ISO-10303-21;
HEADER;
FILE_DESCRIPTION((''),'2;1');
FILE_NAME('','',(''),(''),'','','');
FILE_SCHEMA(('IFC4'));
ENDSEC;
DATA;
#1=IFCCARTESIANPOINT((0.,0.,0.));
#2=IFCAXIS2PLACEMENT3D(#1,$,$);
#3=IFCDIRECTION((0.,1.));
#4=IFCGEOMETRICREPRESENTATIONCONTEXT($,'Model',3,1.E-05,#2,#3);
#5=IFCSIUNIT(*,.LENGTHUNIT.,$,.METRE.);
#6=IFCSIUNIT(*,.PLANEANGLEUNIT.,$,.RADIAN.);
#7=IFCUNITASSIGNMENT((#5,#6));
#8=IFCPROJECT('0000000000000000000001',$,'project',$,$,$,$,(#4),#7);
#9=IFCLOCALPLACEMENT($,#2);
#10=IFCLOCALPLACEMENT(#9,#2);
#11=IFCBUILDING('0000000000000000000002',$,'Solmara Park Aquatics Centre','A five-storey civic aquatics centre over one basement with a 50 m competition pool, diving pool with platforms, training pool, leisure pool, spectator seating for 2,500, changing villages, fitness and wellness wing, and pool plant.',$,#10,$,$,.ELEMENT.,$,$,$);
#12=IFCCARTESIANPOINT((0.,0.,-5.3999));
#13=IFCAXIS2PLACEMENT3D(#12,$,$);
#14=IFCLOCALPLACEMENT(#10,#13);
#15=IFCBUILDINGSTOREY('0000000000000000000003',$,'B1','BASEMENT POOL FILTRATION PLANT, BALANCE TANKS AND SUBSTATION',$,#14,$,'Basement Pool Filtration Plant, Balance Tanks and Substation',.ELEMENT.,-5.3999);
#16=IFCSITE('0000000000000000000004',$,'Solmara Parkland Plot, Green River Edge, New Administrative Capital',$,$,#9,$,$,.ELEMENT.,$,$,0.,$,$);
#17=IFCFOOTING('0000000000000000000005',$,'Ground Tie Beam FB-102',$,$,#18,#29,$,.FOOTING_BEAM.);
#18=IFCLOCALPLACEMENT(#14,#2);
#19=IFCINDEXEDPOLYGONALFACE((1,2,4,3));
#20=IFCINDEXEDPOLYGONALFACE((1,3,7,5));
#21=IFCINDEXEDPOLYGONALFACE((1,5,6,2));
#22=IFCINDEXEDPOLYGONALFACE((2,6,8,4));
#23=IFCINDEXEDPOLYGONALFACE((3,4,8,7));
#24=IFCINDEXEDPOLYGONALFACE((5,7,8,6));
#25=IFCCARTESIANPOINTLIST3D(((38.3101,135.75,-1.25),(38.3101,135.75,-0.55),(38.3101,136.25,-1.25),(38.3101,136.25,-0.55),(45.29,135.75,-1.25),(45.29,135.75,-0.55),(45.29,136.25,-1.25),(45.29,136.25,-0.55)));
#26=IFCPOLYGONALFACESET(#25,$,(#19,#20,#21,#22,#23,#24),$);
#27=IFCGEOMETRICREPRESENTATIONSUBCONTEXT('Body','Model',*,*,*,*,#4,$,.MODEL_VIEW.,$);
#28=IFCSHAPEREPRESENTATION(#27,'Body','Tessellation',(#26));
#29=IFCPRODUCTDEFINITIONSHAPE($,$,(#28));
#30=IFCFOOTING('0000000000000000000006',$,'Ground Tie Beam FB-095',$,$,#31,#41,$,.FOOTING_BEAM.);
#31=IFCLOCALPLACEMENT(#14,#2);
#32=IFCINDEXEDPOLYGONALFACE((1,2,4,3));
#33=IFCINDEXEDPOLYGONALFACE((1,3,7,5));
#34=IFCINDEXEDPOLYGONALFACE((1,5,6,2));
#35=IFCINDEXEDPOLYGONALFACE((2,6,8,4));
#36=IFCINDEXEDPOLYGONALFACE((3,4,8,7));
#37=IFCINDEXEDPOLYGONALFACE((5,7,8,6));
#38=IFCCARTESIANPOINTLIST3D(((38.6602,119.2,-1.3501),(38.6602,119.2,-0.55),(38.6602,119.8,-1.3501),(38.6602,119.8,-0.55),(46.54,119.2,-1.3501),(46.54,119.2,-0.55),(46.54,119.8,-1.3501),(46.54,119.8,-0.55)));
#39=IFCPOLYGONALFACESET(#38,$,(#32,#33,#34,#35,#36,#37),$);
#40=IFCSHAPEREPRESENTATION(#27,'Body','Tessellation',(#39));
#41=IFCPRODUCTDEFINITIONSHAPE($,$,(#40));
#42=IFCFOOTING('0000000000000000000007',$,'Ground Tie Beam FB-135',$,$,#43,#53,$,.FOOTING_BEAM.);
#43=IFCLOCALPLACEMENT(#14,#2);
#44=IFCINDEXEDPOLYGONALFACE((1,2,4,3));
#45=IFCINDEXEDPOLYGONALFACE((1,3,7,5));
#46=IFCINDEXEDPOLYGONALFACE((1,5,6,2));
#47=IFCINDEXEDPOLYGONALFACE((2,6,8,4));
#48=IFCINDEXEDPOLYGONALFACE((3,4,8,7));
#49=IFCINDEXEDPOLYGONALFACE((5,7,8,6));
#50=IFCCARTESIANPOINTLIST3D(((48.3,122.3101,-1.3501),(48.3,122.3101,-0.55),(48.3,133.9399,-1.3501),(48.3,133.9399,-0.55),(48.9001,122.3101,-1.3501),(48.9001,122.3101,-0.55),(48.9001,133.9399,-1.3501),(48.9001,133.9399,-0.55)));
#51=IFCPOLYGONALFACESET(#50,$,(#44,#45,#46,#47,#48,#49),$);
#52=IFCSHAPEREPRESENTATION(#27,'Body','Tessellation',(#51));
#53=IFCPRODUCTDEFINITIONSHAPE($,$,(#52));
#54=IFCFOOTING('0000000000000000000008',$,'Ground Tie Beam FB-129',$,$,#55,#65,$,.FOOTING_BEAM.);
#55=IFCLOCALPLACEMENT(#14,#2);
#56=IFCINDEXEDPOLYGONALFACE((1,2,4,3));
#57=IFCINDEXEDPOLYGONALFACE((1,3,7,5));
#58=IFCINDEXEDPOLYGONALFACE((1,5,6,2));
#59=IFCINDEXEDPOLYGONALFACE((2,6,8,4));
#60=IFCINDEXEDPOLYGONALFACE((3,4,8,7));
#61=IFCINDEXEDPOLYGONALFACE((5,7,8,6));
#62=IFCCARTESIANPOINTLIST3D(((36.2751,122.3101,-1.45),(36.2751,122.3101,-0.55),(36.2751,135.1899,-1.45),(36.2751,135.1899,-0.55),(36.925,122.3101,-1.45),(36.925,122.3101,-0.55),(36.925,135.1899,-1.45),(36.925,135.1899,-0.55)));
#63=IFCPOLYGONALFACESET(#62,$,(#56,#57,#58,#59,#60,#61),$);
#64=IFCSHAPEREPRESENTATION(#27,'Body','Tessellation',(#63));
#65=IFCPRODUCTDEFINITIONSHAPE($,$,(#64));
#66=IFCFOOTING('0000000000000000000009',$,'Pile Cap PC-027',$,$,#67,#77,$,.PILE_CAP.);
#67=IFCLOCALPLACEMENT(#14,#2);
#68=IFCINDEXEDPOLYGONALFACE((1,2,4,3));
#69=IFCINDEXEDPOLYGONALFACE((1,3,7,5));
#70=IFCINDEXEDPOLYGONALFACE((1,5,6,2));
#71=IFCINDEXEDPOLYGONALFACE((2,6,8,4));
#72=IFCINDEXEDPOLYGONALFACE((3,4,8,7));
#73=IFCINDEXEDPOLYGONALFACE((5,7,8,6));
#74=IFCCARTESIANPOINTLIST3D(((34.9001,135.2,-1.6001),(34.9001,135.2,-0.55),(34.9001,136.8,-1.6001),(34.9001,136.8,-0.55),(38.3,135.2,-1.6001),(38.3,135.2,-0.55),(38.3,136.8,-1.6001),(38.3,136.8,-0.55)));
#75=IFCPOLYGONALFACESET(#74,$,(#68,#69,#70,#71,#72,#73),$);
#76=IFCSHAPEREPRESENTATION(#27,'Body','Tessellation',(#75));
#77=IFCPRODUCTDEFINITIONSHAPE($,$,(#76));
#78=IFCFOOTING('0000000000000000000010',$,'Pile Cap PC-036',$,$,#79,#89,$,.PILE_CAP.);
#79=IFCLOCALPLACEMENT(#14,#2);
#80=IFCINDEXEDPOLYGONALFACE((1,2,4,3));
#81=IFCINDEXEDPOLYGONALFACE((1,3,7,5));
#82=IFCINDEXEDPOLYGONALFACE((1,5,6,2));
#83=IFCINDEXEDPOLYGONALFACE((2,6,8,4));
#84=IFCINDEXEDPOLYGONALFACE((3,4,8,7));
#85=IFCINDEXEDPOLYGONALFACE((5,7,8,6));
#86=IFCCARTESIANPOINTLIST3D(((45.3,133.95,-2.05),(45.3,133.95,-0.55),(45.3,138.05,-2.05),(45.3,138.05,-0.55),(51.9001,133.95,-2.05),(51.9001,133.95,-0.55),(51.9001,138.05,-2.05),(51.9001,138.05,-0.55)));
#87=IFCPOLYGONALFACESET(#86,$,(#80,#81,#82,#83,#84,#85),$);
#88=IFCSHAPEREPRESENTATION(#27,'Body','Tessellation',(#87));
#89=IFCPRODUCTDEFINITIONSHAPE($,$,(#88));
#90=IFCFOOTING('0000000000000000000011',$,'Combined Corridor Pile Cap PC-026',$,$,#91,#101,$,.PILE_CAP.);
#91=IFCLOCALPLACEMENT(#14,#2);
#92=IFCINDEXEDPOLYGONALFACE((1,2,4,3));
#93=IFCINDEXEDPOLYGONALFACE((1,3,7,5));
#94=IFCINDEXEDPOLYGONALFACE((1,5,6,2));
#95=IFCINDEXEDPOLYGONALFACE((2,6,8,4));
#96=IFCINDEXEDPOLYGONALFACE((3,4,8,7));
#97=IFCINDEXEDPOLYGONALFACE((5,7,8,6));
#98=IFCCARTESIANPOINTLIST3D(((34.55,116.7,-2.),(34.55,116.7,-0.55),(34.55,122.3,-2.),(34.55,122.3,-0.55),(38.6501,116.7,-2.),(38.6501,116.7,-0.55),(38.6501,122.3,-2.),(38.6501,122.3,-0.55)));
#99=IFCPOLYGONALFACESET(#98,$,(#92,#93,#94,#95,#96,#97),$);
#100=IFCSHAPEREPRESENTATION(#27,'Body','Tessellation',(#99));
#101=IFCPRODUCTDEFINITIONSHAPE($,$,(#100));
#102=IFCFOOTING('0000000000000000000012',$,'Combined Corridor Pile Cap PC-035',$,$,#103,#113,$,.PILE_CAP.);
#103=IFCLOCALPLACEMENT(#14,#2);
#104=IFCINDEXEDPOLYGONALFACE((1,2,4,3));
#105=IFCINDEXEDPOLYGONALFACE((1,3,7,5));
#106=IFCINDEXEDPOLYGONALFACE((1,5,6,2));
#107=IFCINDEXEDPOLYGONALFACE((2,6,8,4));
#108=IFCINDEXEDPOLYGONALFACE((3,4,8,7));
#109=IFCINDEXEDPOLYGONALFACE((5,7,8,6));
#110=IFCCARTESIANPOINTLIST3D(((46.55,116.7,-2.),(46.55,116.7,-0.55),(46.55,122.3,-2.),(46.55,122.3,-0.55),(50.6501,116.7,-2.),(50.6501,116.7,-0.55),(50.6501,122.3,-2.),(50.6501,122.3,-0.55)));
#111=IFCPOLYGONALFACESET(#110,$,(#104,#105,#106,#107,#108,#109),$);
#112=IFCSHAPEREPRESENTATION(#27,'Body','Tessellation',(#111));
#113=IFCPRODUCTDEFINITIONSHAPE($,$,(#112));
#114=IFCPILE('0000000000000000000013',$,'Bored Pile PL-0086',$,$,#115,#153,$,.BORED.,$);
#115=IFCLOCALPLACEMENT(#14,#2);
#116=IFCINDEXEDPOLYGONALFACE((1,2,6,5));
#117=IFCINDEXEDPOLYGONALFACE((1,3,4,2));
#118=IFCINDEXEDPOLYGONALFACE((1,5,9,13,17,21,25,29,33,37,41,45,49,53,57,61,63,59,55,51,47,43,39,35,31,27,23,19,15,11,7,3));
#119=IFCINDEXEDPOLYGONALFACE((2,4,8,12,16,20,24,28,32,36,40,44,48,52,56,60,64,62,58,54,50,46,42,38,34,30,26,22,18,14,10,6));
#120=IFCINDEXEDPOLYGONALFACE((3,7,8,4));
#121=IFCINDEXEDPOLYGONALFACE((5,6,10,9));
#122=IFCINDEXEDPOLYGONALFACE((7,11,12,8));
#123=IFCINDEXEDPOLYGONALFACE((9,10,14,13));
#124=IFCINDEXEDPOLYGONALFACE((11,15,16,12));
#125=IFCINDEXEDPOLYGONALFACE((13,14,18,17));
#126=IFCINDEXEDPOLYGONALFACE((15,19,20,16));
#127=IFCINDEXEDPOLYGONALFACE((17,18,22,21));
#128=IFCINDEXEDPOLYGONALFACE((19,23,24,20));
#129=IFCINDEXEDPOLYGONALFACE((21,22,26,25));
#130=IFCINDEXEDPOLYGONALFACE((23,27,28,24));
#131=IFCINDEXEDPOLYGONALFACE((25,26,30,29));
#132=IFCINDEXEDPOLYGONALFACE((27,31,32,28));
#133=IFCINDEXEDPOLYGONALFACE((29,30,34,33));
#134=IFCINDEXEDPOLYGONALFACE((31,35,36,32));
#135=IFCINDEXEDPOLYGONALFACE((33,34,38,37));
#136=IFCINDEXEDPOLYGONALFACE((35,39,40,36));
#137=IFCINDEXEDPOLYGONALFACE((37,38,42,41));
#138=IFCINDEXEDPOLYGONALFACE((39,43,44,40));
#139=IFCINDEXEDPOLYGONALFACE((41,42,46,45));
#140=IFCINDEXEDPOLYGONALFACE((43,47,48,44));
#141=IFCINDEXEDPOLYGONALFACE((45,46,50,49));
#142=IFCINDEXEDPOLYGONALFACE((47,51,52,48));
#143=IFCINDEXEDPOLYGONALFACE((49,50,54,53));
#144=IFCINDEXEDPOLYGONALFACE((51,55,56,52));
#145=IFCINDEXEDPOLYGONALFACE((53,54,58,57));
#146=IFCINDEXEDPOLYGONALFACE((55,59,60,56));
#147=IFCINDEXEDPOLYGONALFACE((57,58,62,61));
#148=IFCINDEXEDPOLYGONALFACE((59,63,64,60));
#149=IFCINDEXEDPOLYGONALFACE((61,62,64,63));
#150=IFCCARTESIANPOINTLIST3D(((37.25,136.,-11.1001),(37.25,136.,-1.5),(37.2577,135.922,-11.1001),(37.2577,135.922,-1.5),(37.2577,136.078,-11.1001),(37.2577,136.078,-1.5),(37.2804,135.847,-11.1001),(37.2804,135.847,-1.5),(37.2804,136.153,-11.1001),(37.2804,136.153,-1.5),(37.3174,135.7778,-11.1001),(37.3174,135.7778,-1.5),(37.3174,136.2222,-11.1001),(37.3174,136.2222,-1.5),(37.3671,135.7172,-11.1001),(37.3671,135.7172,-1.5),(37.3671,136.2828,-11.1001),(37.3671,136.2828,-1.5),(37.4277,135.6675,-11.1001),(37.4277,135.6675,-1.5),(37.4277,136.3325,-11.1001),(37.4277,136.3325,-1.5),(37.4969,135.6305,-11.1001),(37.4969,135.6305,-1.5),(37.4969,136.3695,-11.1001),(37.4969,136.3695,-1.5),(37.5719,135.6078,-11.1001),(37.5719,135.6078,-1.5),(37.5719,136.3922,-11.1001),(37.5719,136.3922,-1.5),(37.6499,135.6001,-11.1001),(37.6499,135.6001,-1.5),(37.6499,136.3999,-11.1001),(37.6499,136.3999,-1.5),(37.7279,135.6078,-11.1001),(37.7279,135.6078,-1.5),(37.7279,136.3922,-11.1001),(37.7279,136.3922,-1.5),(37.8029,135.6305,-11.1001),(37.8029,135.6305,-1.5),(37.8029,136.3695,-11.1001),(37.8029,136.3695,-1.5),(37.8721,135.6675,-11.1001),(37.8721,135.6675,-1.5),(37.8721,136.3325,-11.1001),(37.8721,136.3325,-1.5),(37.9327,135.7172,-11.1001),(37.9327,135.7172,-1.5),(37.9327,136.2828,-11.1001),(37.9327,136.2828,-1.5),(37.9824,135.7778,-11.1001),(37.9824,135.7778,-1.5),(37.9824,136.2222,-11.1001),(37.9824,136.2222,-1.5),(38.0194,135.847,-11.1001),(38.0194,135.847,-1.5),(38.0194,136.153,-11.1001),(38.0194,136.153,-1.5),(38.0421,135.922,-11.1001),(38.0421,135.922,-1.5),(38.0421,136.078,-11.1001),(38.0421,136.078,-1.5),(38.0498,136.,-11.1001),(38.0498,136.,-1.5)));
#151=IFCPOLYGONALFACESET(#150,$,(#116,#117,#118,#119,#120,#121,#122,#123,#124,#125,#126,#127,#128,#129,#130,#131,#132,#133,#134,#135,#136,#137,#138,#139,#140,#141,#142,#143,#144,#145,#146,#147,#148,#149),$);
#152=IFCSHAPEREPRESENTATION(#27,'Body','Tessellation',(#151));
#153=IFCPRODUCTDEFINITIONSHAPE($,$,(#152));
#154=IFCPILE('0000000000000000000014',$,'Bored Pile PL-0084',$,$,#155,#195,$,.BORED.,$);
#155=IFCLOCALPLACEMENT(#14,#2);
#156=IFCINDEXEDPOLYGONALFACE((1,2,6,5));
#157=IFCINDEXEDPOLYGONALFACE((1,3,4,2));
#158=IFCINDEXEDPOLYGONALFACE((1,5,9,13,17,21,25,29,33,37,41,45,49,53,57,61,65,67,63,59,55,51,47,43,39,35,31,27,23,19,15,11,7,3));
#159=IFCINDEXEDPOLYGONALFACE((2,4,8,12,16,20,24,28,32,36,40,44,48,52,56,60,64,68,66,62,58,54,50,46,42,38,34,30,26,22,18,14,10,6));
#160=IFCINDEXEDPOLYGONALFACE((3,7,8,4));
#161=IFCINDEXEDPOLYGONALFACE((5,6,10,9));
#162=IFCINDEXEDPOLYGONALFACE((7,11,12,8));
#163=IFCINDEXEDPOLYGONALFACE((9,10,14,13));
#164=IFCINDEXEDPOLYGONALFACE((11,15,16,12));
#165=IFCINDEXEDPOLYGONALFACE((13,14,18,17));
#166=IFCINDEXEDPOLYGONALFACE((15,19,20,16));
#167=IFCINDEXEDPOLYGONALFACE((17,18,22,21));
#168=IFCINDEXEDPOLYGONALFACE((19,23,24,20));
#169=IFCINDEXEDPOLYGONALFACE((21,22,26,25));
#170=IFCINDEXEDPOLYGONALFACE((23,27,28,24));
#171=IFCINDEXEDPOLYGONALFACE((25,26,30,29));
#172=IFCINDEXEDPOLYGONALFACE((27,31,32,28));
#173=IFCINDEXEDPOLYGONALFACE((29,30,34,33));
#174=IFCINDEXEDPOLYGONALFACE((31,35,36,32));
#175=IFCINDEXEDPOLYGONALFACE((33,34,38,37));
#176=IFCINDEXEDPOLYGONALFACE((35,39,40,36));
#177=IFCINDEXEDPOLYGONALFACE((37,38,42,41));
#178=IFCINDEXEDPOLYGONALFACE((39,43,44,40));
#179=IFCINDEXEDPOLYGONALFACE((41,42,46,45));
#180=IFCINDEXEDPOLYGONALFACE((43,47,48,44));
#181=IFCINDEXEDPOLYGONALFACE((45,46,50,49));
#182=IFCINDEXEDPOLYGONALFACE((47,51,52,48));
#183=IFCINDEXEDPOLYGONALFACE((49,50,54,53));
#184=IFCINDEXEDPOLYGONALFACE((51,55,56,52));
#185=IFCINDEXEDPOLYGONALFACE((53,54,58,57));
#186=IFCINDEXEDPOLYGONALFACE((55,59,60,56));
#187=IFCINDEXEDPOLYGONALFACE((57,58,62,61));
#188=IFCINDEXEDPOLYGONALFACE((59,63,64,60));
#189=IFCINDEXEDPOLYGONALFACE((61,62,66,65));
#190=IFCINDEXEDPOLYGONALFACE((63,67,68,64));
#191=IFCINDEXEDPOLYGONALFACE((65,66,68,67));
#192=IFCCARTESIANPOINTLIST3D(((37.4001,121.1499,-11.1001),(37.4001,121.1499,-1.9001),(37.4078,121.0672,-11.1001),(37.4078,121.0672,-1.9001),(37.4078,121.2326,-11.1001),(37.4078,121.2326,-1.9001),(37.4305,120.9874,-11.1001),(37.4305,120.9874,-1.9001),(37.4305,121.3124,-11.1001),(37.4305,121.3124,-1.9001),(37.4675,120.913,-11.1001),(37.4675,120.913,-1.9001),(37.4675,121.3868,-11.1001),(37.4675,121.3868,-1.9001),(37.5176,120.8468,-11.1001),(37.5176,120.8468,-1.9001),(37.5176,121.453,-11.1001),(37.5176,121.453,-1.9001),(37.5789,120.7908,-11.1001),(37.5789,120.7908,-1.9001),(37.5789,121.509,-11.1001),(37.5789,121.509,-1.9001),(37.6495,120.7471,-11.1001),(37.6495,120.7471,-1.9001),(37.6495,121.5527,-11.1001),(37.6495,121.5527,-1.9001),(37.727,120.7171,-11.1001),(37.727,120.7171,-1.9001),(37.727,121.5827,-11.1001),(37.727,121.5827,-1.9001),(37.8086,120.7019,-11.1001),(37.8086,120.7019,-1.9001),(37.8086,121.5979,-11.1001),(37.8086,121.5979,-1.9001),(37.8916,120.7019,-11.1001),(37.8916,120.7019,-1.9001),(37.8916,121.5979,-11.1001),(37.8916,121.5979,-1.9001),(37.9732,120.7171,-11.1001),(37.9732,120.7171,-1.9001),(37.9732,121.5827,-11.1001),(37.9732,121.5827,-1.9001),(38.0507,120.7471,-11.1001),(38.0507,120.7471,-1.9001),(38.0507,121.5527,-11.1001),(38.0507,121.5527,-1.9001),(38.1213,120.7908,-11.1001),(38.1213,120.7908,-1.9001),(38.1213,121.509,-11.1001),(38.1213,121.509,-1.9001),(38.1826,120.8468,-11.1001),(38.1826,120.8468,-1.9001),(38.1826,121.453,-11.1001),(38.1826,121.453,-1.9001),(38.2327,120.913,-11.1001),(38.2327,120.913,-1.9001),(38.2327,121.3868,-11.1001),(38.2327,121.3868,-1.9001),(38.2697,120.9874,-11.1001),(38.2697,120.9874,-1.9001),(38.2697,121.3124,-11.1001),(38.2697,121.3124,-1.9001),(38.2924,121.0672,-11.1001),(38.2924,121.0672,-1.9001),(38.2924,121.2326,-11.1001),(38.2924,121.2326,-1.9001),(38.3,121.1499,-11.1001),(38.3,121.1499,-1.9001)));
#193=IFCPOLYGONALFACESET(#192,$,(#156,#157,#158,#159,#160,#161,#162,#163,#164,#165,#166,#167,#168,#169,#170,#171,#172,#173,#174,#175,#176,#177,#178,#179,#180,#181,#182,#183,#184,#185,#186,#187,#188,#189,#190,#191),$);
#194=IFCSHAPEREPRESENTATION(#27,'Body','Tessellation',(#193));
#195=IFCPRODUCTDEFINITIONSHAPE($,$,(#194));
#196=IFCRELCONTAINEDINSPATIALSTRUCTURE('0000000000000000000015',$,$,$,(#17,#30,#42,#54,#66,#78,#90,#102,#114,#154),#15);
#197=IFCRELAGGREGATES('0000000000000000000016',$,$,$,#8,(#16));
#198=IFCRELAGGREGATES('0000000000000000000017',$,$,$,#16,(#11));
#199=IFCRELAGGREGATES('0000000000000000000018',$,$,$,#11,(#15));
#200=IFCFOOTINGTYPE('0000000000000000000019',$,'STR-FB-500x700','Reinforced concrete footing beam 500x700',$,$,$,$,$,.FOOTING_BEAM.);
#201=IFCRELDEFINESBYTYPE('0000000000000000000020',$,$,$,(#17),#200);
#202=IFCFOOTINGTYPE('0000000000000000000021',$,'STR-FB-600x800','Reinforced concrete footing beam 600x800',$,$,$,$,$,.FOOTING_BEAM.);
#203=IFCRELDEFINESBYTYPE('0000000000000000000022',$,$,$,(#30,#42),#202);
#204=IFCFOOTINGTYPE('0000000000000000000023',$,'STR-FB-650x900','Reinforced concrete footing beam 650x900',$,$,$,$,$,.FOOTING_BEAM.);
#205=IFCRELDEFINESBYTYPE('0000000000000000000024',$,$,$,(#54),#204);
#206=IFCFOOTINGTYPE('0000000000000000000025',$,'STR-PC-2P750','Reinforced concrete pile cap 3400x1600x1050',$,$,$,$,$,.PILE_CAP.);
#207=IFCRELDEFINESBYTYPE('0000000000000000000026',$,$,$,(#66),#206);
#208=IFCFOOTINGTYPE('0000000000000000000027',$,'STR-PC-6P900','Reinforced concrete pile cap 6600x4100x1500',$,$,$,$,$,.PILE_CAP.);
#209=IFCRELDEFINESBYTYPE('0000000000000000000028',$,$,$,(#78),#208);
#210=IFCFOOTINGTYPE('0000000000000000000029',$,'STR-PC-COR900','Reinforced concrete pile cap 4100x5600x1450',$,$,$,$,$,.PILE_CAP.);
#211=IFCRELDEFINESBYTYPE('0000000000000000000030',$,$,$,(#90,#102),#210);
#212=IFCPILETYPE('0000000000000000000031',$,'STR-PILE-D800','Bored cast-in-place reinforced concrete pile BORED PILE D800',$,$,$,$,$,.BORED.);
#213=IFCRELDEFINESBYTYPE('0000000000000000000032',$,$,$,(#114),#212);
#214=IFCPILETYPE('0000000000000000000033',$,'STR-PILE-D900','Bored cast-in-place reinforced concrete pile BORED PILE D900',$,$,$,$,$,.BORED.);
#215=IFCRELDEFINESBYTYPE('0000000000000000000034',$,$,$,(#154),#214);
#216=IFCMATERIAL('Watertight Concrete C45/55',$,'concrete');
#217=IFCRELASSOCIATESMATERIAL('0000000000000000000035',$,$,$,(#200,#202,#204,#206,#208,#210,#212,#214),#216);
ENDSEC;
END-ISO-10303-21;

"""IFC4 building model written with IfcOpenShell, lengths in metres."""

from ifc_helpers import new_model, si_unit, direction, frame, origin, origin_2d, place, context, subcontext, project, spatial, rectangle, circle, extrude, material, material_profile, profile_set, type_object, element, save


model = new_model("IFC4")

# Units and contexts
model_context = context("Model", 3, precision=1e-05, world=origin(), true_north=direction((0.0, 1.0)))
body_context = subcontext(model_context, "Body", "Model", "MODEL_VIEW")
ifc_project = project(units=[si_unit("LENGTHUNIT", "METRE"), si_unit("PLANEANGLEUNIT", "RADIAN")], contexts=[model_context])

# Site, building, storey
site_placement = place(None, origin())
site = spatial("IfcSite", under=ifc_project, at=site_placement, Name="Solmara Parkland Plot, Green River Edge, New Administrative Capital", CompositionType="ELEMENT", RefElevation=0.0)
building_placement = place(site_placement, origin())
building = spatial("IfcBuilding", under=site, at=building_placement, Name="Solmara Park Aquatics Centre", Description="A five-storey civic aquatics centre over one basement with a 50 m competition pool, diving pool with platforms, training pool, leisure pool, spectator seating for 2,500, changing villages, fitness and wellness wing, and pool plant.", CompositionType="ELEMENT")
storey_placement = place(building_placement, frame((0.0, 0.0, -5.3999)))
storey = spatial("IfcBuildingStorey", under=building, at=storey_placement, Name="B1", Description="BASEMENT POOL FILTRATION PLANT, BALANCE TANKS AND SUBSTATION", LongName="Basement Pool Filtration Plant, Balance Tanks and Substation", CompositionType="ELEMENT", Elevation=-5.3999)

# Footings
ifc_material_1 = material(Name="Watertight Concrete C45/55", Category="concrete")
footing_type_1 = type_object("IfcFootingType", Name="STR-FB-500x700", Description="Reinforced concrete footing beam 500x700", PredefinedType="FOOTING_BEAM", material=ifc_material_1)
footing_1_placement = place(storey_placement, frame((41.8, 136.0, -1.25), z_axis=(0.0, 0.0, 1.0), x_axis=(1.0, 0.0, 0.0)))
element("IfcFooting", 1, at=footing_1_placement, inside=storey, type_object=footing_type_1, Name="Ground Tie Beam FB-102", PredefinedType="FOOTING_BEAM", context=body_context, shape_type="SweptSolid", body=[
    extrude(rectangle(XDim=6.98, YDim=0.5, at=origin_2d()), origin(), (0.0, 0.0, 1.0), 0.7),
])
footing_type_2 = type_object("IfcFootingType", Name="STR-FB-600x800", Description="Reinforced concrete footing beam 600x800", PredefinedType="FOOTING_BEAM", material=ifc_material_1)
footing_2_placement = place(storey_placement, frame((42.6001, 119.5, -1.3501), z_axis=(0.0, 0.0, 1.0), x_axis=(1.0, 0.0, 0.0)))
element("IfcFooting", 2, at=footing_2_placement, inside=storey, type_object=footing_type_2, Name="Ground Tie Beam FB-095", PredefinedType="FOOTING_BEAM", context=body_context, shape_type="SweptSolid", body=[
    extrude(rectangle(XDim=7.8799, YDim=0.6001, at=origin_2d()), origin(), (0.0, 0.0, 1.0), 0.8),
])
footing_3_placement = place(storey_placement, frame((48.6001, 128.125, -1.3501), z_axis=(0.0, 0.0, 1.0), x_axis=(1.0, 0.0, 0.0)))
element("IfcFooting", 3, at=footing_3_placement, inside=storey, type_object=footing_type_2, Name="Ground Tie Beam FB-135", PredefinedType="FOOTING_BEAM", context=body_context, shape_type="SweptSolid", body=[
    extrude(rectangle(XDim=0.6001, YDim=11.6299, at=origin_2d()), origin(), (0.0, 0.0, 1.0), 0.8),
])
footing_type_3 = type_object("IfcFootingType", Name="STR-FB-650x900", Description="Reinforced concrete footing beam 650x900", PredefinedType="FOOTING_BEAM", material=ifc_material_1)
footing_4_placement = place(storey_placement, frame((36.6001, 128.75, -1.45), z_axis=(0.0, 0.0, 1.0), x_axis=(1.0, 0.0, 0.0)))
element("IfcFooting", 4, at=footing_4_placement, inside=storey, type_object=footing_type_3, Name="Ground Tie Beam FB-129", PredefinedType="FOOTING_BEAM", context=body_context, shape_type="SweptSolid", body=[
    extrude(rectangle(XDim=0.6499, YDim=12.8799, at=origin_2d()), origin(), (0.0, 0.0, 1.0), 0.8999),
])
footing_type_4 = type_object("IfcFootingType", Name="STR-PC-2P750", Description="Reinforced concrete pile cap 3400x1600x1050", PredefinedType="PILE_CAP", material=ifc_material_1)
footing_5_placement = place(storey_placement, frame((36.6001, 136.0, -1.6001), z_axis=(0.0, 0.0, 1.0), x_axis=(1.0, 0.0, 0.0)))
element("IfcFooting", 5, at=footing_5_placement, inside=storey, type_object=footing_type_4, Name="Pile Cap PC-027", PredefinedType="PILE_CAP", context=body_context, shape_type="SweptSolid", body=[
    extrude(rectangle(XDim=3.3999, YDim=1.6001, at=origin_2d()), origin(), (0.0, 0.0, 1.0), 1.05),
])
footing_type_5 = type_object("IfcFootingType", Name="STR-PC-6P900", Description="Reinforced concrete pile cap 6600x4100x1500", PredefinedType="PILE_CAP", material=ifc_material_1)
footing_6_placement = place(storey_placement, frame((48.6001, 136.0, -2.05), z_axis=(0.0, 0.0, 1.0), x_axis=(1.0, 0.0, 0.0)))
element("IfcFooting", 6, at=footing_6_placement, inside=storey, type_object=footing_type_5, Name="Pile Cap PC-036", PredefinedType="PILE_CAP", context=body_context, shape_type="SweptSolid", body=[
    extrude(rectangle(XDim=6.6001, YDim=4.1001, at=origin_2d()), origin(), (0.0, 0.0, 1.0), 1.5),
])
footing_type_6 = type_object("IfcFootingType", Name="STR-PC-COR900", Description="Reinforced concrete pile cap 4100x5600x1450", PredefinedType="PILE_CAP", material=ifc_material_1)
for number, where, z_axis, x_axis, name in (
    (7, (36.6001, 119.5, -2.0), (0.0, 0.0, 1.0), (1.0, 0.0, 0.0), "Combined Corridor Pile Cap PC-026"),
    (8, (48.6001, 119.5, -2.0), (0.0, 0.0, 1.0), (1.0, 0.0, 0.0), "Combined Corridor Pile Cap PC-035"),
):
    element("IfcFooting", number, at=place(storey_placement, frame(where, z_axis=z_axis, x_axis=x_axis)), inside=storey, type_object=footing_type_6, Name=name, PredefinedType="PILE_CAP", context=body_context, shape_type="SweptSolid", body=[
        extrude(rectangle(XDim=4.1001, YDim=5.6001, at=origin_2d()), origin(), (0.0, 0.0, 1.0), 1.45),
    ])

# Piles
ifc_material_profile_1 = material_profile(ifc_material_1, circle(Radius=0.3999, at=origin_2d()), Name="BORED PILE D800")
ifc_profile_set_1 = profile_set([ifc_material_profile_1], Name="Watertight Concrete C45/55")
pile_type_1 = type_object("IfcPileType", Name="STR-PILE-D800", Description="Bored cast-in-place reinforced concrete pile BORED PILE D800", PredefinedType="BORED", material=ifc_profile_set_1)
pile_placement = place(storey_placement, frame((37.6499, 136.0, -1.5), z_axis=(0.0, 0.0, -1.0), x_axis=(1.0, 0.0, 0.0)))
element("IfcPile", 9, at=pile_placement, inside=storey, type_object=pile_type_1, Name="Bored Pile PL-0086", PredefinedType="BORED", context=body_context, shape_type="SweptSolid", body=[
    extrude(circle(Radius=0.3999, at=origin_2d()), origin(), (0.0, 0.0, 1.0), 9.6001),
])
ifc_material_profile_2 = material_profile(ifc_material_1, circle(Radius=0.45, at=origin_2d()), Name="BORED PILE D900")
ifc_profile_set_2 = profile_set([ifc_material_profile_2], Name="Watertight Concrete C45/55")
pile_type_2 = type_object("IfcPileType", Name="STR-PILE-D900", Description="Bored cast-in-place reinforced concrete pile BORED PILE D900", PredefinedType="BORED", material=ifc_profile_set_2)
for number, where, z_axis, x_axis, name in (
    (10, (37.8501, 121.1499, -1.9001), (0.0, 0.0, -1.0), (1.0, 0.0, 0.0), "Bored Pile PL-0084"),
):
    element("IfcPile", number, at=place(storey_placement, frame(where, z_axis=z_axis, x_axis=x_axis)), inside=storey, type_object=pile_type_2, Name=name, PredefinedType="BORED", context=body_context, shape_type="SweptSolid", body=[
        extrude(circle(Radius=0.45, at=origin_2d()), origin(), (0.0, 0.0, 1.0), 9.2),
    ])

save(model, "model.ifc")
